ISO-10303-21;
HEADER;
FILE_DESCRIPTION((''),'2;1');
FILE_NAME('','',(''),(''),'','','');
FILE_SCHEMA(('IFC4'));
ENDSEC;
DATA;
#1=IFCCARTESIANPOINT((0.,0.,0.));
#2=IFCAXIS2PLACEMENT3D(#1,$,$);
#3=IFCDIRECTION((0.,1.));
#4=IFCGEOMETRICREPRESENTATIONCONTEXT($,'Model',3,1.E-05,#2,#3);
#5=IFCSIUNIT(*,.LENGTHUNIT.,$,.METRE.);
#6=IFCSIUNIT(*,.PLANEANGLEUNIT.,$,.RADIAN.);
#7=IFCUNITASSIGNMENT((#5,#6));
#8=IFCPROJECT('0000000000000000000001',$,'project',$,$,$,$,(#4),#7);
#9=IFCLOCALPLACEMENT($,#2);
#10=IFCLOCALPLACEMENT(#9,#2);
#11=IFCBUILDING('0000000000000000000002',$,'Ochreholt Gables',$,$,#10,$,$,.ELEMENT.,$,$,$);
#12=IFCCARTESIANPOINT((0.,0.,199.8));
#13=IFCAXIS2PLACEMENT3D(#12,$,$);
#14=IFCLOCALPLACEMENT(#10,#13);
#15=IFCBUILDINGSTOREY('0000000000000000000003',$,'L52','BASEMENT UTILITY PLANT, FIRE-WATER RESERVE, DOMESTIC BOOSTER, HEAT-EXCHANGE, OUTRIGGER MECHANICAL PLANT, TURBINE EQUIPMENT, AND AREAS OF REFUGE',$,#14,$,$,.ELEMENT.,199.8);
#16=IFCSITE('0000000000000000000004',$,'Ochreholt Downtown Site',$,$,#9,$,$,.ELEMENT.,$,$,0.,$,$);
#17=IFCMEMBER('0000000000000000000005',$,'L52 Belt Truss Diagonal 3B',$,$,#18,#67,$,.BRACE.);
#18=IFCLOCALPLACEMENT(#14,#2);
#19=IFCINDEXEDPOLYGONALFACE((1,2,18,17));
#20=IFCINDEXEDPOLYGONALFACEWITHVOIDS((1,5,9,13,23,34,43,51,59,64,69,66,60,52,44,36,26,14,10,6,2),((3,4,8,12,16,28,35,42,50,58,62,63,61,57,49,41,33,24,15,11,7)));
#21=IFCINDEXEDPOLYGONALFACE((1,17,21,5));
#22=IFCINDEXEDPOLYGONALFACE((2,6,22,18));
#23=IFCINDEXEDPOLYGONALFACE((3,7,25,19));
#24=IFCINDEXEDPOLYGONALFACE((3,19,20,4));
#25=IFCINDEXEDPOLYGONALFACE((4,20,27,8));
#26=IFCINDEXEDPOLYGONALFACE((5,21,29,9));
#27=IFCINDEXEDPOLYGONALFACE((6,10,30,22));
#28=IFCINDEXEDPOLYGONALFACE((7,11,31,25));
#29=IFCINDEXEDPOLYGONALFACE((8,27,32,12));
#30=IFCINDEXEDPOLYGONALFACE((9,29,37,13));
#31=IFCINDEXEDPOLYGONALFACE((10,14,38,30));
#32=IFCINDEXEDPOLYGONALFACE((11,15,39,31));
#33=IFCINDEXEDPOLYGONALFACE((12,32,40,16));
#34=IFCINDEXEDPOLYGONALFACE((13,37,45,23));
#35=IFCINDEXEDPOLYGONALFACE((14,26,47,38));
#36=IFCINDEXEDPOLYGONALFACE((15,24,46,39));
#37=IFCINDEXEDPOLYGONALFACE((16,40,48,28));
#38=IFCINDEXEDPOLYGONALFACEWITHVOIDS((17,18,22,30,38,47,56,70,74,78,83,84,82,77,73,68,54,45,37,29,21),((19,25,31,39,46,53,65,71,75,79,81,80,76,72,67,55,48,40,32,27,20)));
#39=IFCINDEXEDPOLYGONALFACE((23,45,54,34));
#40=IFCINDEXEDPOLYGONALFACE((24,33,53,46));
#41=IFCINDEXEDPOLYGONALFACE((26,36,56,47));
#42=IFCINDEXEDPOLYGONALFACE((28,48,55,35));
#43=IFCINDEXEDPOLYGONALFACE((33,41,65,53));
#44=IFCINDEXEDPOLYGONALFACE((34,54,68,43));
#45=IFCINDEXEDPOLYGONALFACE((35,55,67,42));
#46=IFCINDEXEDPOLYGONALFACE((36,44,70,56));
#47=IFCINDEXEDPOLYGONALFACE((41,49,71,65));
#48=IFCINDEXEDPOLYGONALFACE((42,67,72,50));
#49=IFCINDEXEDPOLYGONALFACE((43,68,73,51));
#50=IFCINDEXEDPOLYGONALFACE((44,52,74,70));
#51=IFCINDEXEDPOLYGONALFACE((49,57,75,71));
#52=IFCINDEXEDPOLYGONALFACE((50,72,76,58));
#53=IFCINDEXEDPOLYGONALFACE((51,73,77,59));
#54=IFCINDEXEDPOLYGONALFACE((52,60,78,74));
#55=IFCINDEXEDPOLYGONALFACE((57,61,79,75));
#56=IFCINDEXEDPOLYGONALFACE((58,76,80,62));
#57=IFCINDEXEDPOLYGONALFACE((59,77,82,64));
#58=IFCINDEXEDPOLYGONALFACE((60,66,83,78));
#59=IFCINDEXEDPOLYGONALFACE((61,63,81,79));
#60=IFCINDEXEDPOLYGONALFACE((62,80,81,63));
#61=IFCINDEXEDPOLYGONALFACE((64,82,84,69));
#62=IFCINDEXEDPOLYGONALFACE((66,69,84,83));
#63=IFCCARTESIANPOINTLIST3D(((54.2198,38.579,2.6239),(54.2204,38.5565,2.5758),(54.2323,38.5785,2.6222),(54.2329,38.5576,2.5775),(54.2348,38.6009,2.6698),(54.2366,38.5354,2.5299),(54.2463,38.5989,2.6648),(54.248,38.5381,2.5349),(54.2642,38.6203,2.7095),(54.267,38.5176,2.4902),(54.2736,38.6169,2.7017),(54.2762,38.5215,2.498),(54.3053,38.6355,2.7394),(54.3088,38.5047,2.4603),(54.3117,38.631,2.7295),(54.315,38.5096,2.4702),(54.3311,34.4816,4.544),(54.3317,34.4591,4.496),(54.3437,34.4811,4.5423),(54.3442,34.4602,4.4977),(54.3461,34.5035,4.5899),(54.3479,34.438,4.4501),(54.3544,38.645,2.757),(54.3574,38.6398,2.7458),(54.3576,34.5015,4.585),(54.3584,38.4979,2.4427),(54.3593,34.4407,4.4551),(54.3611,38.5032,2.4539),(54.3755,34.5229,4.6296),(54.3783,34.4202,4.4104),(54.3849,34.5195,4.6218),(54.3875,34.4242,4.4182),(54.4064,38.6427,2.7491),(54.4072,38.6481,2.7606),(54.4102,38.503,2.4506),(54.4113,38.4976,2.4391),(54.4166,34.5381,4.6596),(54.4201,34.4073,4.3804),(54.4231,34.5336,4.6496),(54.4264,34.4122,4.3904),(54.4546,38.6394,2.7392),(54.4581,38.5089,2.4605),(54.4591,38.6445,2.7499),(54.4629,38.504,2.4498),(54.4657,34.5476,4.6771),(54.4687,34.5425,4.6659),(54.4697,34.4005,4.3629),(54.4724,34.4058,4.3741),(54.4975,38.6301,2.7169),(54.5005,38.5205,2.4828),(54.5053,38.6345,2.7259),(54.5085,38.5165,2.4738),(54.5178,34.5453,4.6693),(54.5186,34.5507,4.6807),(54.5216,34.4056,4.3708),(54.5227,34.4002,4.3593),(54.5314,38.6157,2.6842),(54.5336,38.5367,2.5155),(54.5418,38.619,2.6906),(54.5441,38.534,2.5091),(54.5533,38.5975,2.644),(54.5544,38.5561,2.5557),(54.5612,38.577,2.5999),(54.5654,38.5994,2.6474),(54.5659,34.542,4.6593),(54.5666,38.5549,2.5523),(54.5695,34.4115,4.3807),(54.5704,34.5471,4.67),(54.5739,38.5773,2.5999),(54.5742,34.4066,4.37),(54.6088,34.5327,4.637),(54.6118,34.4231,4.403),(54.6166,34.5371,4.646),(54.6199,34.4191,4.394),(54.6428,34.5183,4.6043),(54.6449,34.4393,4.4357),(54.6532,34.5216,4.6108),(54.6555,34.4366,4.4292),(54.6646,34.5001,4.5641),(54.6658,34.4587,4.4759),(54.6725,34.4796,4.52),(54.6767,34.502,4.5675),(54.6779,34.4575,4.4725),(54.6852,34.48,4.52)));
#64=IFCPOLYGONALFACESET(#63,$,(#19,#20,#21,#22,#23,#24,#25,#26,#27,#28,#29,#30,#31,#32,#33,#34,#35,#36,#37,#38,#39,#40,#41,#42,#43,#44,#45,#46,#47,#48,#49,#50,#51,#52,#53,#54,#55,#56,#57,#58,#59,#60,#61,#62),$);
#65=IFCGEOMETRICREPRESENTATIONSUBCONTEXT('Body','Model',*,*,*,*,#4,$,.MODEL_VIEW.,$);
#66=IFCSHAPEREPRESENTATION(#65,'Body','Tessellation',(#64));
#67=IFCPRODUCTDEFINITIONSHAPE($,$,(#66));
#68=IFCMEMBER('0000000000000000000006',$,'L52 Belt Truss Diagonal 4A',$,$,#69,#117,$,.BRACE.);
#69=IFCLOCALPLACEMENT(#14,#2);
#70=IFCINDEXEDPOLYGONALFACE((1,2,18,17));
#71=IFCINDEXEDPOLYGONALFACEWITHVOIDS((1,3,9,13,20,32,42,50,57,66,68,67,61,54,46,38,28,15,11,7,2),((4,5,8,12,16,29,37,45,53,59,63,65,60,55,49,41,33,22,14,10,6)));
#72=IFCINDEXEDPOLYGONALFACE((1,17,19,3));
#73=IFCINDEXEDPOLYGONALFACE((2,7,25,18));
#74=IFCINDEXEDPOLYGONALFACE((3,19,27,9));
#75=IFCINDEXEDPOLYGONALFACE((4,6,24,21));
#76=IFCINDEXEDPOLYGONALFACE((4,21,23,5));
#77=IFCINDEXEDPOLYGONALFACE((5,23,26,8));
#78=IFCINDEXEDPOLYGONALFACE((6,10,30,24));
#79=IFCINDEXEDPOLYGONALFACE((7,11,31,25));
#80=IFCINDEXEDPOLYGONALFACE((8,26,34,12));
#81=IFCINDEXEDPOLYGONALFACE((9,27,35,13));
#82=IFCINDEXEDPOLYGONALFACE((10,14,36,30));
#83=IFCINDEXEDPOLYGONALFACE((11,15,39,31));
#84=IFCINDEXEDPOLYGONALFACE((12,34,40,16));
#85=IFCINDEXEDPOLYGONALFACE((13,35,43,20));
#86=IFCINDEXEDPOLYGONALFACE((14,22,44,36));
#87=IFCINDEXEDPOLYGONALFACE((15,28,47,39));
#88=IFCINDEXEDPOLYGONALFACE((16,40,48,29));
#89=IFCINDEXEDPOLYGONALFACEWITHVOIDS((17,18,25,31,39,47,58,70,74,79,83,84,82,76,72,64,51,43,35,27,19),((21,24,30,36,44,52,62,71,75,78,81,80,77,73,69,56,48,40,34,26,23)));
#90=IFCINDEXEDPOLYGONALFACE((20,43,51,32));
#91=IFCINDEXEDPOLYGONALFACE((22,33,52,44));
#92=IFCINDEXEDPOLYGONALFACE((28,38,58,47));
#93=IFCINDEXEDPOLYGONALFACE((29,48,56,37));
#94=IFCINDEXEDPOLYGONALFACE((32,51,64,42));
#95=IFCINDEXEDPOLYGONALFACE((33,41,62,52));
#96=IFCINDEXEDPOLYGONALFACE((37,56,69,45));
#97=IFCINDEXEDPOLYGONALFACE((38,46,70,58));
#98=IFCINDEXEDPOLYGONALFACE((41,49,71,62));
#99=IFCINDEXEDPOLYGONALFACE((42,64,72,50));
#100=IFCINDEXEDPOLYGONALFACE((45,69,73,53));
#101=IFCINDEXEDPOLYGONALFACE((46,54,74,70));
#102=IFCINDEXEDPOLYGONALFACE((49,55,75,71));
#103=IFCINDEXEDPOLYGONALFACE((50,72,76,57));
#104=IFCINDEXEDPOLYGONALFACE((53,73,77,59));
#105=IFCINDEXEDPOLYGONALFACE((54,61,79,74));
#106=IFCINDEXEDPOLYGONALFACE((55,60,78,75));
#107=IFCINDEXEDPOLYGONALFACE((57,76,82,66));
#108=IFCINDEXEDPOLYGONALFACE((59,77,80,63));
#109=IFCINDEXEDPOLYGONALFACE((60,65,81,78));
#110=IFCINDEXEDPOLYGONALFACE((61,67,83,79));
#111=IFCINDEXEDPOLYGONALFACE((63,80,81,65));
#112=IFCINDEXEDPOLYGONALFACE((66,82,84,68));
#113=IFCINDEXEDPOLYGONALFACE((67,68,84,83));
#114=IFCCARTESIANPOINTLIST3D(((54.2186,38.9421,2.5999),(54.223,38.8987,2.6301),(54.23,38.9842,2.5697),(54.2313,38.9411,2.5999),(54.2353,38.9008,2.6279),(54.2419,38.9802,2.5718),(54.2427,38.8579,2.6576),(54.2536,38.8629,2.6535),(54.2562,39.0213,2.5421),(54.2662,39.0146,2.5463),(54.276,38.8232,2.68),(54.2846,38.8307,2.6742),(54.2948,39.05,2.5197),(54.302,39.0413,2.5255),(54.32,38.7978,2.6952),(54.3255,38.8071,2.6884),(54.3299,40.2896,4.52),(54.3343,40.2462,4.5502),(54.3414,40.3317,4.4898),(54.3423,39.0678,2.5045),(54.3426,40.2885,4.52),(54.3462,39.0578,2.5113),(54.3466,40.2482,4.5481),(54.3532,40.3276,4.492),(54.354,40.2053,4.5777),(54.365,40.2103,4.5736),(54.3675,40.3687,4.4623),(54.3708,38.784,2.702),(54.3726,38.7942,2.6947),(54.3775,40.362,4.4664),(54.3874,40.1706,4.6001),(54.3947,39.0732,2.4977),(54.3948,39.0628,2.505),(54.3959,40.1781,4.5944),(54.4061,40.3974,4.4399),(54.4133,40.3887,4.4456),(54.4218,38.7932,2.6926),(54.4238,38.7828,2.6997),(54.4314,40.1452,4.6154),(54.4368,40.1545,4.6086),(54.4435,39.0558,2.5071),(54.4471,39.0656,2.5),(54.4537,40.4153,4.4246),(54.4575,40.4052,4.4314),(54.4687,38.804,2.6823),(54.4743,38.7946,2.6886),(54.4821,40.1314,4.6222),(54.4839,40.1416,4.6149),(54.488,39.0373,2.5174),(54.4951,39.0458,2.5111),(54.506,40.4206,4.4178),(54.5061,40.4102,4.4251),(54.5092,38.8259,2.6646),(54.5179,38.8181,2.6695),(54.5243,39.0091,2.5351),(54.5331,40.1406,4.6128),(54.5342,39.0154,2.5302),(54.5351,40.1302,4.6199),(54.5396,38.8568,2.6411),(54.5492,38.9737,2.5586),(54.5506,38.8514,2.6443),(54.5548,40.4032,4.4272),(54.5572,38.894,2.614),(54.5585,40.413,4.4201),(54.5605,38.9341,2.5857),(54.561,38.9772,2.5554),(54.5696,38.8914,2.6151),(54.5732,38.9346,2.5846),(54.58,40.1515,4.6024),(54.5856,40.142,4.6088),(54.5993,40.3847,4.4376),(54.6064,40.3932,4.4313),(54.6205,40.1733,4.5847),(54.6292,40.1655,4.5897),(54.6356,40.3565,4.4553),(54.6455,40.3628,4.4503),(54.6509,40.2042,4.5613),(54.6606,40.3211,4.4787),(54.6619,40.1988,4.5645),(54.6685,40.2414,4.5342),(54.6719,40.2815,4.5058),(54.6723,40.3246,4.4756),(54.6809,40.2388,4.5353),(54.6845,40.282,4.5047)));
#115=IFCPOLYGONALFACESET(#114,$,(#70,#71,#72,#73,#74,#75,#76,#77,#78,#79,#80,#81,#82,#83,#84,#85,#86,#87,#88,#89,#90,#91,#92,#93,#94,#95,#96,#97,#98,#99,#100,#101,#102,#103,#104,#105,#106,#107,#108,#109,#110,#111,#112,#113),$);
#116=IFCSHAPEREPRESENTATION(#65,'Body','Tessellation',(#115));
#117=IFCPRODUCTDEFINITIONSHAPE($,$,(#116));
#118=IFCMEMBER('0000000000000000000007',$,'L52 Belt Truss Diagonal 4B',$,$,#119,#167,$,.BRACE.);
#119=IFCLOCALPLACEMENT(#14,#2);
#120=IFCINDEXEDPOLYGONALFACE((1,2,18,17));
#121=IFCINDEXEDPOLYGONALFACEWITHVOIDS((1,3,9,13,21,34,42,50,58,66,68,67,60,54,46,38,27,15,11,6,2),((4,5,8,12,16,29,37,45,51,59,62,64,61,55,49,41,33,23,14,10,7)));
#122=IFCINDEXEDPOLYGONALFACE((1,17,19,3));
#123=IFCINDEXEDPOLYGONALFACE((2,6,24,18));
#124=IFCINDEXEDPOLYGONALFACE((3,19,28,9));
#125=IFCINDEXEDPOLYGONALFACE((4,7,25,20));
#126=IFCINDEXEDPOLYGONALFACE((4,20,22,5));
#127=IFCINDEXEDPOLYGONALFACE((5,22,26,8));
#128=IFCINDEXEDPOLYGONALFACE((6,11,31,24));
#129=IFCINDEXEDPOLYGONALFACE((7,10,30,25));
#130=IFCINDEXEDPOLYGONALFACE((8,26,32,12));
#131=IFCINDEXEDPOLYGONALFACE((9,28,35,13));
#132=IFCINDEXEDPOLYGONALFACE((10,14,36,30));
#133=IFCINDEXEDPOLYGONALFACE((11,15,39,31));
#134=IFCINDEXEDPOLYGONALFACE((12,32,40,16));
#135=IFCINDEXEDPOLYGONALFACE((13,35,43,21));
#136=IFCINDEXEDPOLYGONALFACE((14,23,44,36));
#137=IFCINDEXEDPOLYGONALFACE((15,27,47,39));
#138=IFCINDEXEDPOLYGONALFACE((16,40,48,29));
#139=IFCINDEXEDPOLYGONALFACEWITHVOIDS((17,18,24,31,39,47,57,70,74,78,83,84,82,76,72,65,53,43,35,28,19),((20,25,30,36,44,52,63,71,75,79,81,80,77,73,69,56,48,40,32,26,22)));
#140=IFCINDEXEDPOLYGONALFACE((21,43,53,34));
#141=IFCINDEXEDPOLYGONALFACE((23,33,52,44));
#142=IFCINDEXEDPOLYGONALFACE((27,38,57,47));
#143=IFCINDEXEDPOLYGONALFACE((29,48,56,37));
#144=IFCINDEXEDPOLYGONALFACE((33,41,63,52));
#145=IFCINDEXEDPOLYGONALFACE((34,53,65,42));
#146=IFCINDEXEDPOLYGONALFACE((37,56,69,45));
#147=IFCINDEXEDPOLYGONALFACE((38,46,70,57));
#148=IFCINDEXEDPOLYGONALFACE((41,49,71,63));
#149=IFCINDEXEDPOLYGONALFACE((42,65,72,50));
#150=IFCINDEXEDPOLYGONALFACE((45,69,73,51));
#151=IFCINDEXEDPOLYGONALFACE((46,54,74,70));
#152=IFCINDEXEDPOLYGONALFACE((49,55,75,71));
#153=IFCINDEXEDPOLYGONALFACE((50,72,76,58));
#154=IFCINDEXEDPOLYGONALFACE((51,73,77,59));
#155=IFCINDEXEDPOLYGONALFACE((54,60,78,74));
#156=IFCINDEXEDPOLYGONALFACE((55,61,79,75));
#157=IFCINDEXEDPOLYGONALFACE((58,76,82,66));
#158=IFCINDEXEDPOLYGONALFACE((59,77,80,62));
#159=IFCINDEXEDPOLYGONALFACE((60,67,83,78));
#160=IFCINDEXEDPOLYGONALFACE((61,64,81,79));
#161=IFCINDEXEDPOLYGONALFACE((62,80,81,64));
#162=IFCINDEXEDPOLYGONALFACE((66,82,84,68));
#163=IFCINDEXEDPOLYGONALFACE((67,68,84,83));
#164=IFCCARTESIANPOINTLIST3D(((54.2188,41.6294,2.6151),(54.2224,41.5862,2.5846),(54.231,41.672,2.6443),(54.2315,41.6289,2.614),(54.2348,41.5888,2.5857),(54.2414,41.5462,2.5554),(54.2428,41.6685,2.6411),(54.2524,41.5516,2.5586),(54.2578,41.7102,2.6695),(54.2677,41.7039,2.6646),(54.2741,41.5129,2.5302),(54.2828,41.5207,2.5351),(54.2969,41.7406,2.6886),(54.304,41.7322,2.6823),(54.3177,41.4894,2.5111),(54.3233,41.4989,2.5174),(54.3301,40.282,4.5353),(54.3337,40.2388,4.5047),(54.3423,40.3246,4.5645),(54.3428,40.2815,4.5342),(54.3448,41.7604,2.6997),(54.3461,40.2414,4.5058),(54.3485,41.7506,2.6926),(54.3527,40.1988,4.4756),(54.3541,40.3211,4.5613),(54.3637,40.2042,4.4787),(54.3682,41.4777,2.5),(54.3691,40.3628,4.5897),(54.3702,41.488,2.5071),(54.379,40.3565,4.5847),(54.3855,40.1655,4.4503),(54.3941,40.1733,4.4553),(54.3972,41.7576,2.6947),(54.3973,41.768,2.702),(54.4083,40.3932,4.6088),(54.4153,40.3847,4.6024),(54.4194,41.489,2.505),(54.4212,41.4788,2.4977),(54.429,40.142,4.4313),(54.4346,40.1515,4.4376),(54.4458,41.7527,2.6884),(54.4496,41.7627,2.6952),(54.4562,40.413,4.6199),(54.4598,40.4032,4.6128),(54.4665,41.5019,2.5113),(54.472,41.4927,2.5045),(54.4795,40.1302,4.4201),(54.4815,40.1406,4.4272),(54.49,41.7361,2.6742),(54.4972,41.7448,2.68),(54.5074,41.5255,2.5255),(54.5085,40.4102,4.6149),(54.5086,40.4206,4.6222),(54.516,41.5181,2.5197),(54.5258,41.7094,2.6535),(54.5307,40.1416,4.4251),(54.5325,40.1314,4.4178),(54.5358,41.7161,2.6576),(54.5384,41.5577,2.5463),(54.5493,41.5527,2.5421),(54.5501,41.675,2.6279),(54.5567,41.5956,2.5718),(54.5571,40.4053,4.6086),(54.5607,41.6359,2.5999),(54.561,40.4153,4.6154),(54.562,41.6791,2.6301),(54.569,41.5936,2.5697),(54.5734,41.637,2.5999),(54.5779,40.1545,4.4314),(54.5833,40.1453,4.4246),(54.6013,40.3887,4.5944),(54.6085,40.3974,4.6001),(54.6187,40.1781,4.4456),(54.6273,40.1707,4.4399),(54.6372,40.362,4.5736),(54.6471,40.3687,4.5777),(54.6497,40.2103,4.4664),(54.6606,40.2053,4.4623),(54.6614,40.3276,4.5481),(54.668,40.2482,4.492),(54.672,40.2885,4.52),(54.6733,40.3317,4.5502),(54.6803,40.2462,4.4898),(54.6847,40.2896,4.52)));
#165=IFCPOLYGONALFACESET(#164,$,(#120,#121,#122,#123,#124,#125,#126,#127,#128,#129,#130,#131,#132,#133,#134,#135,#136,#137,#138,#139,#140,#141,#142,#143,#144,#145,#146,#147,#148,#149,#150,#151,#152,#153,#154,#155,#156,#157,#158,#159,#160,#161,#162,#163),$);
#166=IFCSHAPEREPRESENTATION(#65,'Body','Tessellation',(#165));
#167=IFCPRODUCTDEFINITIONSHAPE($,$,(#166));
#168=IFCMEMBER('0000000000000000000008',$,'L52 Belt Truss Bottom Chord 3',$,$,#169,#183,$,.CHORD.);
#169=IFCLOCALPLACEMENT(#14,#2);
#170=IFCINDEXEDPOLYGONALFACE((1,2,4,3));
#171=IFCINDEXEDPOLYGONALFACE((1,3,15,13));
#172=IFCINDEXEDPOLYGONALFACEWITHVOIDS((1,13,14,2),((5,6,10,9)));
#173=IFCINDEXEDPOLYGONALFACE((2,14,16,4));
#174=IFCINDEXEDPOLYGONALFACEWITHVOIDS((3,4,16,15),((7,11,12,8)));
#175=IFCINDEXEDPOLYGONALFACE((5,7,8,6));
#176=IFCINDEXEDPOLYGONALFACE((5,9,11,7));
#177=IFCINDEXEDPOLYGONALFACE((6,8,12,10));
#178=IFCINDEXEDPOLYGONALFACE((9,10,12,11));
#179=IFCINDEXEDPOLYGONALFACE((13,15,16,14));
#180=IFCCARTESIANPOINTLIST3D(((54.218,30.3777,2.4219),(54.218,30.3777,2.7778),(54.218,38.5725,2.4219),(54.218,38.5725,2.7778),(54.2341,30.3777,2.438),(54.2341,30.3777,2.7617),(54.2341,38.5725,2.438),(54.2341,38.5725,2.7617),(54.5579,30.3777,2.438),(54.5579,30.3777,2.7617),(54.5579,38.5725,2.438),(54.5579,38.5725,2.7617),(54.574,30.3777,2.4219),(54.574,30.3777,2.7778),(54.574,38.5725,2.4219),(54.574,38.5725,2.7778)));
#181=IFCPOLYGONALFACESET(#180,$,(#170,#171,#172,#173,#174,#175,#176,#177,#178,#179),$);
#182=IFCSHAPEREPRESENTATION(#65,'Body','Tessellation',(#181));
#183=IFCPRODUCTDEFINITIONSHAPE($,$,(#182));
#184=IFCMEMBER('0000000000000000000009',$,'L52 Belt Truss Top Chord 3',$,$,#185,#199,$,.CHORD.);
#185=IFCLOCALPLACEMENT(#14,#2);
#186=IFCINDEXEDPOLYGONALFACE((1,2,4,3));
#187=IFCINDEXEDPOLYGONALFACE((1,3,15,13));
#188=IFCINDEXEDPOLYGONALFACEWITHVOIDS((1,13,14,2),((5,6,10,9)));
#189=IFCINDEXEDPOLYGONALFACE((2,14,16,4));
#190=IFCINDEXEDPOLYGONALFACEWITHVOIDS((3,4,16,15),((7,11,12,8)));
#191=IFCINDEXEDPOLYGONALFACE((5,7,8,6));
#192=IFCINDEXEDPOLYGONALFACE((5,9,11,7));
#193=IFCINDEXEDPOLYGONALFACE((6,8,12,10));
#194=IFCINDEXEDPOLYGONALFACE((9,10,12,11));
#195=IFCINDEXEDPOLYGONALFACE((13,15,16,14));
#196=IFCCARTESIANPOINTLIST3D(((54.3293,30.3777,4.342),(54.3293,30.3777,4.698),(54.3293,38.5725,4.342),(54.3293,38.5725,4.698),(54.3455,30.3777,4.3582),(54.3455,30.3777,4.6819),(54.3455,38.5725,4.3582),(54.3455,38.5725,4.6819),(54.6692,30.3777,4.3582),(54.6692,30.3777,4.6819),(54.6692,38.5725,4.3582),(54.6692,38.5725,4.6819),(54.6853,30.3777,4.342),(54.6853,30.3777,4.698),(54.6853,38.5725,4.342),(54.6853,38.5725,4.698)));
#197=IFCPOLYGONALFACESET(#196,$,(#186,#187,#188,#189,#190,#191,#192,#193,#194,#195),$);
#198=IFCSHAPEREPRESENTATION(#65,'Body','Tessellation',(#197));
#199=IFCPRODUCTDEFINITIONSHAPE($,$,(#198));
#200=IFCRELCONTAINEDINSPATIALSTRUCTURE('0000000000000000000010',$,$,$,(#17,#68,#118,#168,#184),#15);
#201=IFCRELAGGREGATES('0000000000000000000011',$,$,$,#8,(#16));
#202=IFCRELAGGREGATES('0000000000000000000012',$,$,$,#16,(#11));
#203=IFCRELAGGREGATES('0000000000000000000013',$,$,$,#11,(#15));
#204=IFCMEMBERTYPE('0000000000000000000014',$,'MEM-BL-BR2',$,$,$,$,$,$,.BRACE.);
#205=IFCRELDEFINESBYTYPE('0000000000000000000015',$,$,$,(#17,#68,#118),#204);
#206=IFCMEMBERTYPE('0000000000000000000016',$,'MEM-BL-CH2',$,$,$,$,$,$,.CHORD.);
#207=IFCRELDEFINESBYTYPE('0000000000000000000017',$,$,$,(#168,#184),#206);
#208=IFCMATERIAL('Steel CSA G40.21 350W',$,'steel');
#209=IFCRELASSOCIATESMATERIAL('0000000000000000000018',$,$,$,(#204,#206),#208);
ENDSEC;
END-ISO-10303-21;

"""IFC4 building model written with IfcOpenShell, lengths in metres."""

from ifc_helpers import new_model, si_unit, direction, frame, origin, origin_2d, place, context, subcontext, project, spatial, hollow_rectangle, hollow_circle, extrude, material, material_profile, profile_set, type_object, element, save


model = new_model("IFC4")

# Units and contexts
model_context = context("Model", 3, precision=1e-05, world=origin(), true_north=direction((0.0, 1.0)))
body_context = subcontext(model_context, "Body", "Model", "MODEL_VIEW")
ifc_project = project(units=[si_unit("LENGTHUNIT", "METRE"), si_unit("PLANEANGLEUNIT", "RADIAN")], contexts=[model_context])

# Site, building, storey
site_placement = place(None, origin())
site = spatial("IfcSite", under=ifc_project, at=site_placement, Name="Ochreholt Downtown Site", CompositionType="ELEMENT", RefElevation=0.0)
building_placement = place(site_placement, origin())
building = spatial("IfcBuilding", under=site, at=building_placement, Name="Ochreholt Gables", CompositionType="ELEMENT")
storey_placement = place(building_placement, frame((0.0, 0.0, 199.8)))
storey = spatial("IfcBuildingStorey", under=building, at=storey_placement, Name="L52", Description="BASEMENT UTILITY PLANT, FIRE-WATER RESERVE, DOMESTIC BOOSTER, HEAT-EXCHANGE, OUTRIGGER MECHANICAL PLANT, TURBINE EQUIPMENT, AND AREAS OF REFUGE", CompositionType="ELEMENT", Elevation=199.8)

# Shared definitions
ifc_material_1 = material(Name="Steel CSA G40.21 350W", Category="steel")

# Members
ifc_material_profile_1 = material_profile(ifc_material_1, hollow_circle(Radius=0.178, WallThickness=0.0127, at=origin_2d()), Name="CHS356X13")
ifc_profile_set_1 = profile_set([ifc_material_profile_1], Name="Steel CSA G40.21 350W")
member_type_1 = type_object("IfcMemberType", Name="MEM-BL-BR2", PredefinedType="BRACE", material=ifc_profile_set_1)
for number, where, z_axis, x_axis, name in (
    (1, (54.396, 38.5725, 2.5999), (0.024595, -0.905227, 0.424216), (0.999631, 0.02716, 0.0), "L52 Belt Truss Diagonal 3B"),
):
    element("IfcMember", number, at=place(storey_placement, frame(where, z_axis=z_axis, x_axis=x_axis)), inside=storey, type_object=member_type_1, Name=name, PredefinedType="BRACE", context=body_context, shape_type="SweptSolid", body=[
        extrude(hollow_circle(Radius=0.178, WallThickness=0.0127, at=origin_2d()), origin(), (0.0, 0.0, 1.0), 4.5264),
    ])
for number, where, z_axis, x_axis, name in (
    (2, (54.396, 38.9275, 2.5999), (0.047406, 0.573759, 0.817651), (-0.996604, 0.082343, 0.0), "L52 Belt Truss Diagonal 4A"),
    (3, (54.396, 41.6223, 2.5999), (0.047406, -0.573759, 0.817651), (0.996604, 0.082343, 0.0), "L52 Belt Truss Diagonal 4B"),
):
    element("IfcMember", number, at=place(storey_placement, frame(where, z_axis=z_axis, x_axis=x_axis)), inside=storey, type_object=member_type_1, Name=name, PredefinedType="BRACE", context=body_context, shape_type="SweptSolid", body=[
        extrude(hollow_circle(Radius=0.178, WallThickness=0.0127, at=origin_2d()), origin(), (0.0, 0.0, 1.0), 2.3484),
    ])
ifc_material_profile_2 = material_profile(ifc_material_1, hollow_rectangle(XDim=0.356, YDim=0.356, WallThickness=0.0161, at=origin_2d()), Name="HSS356X356X16")
ifc_profile_set_2 = profile_set([ifc_material_profile_2], Name="Steel CSA G40.21 350W")
member_type_2 = type_object("IfcMemberType", Name="MEM-BL-CH2", PredefinedType="CHORD", material=ifc_profile_set_2)
for number, where, z_axis, x_axis, name in (
    (4, (54.396, 30.3777, 2.5999), (0.0, 1.0, 0.0), (-1.0, 0.0, 0.0), "L52 Belt Truss Bottom Chord 3"),
    (5, (54.5073, 30.3777, 4.52), (0.0, 1.0, 0.0), (-1.0, 0.0, 0.0), "L52 Belt Truss Top Chord 3"),
):
    element("IfcMember", number, at=place(storey_placement, frame(where, z_axis=z_axis, x_axis=x_axis)), inside=storey, type_object=member_type_2, Name=name, PredefinedType="CHORD", context=body_context, shape_type="SweptSolid", body=[
        extrude(hollow_rectangle(XDim=0.356, YDim=0.356, WallThickness=0.0161, at=origin_2d()), origin(), (0.0, 0.0, 1.0), 8.1948),
    ])

save(model, "model.ifc")
